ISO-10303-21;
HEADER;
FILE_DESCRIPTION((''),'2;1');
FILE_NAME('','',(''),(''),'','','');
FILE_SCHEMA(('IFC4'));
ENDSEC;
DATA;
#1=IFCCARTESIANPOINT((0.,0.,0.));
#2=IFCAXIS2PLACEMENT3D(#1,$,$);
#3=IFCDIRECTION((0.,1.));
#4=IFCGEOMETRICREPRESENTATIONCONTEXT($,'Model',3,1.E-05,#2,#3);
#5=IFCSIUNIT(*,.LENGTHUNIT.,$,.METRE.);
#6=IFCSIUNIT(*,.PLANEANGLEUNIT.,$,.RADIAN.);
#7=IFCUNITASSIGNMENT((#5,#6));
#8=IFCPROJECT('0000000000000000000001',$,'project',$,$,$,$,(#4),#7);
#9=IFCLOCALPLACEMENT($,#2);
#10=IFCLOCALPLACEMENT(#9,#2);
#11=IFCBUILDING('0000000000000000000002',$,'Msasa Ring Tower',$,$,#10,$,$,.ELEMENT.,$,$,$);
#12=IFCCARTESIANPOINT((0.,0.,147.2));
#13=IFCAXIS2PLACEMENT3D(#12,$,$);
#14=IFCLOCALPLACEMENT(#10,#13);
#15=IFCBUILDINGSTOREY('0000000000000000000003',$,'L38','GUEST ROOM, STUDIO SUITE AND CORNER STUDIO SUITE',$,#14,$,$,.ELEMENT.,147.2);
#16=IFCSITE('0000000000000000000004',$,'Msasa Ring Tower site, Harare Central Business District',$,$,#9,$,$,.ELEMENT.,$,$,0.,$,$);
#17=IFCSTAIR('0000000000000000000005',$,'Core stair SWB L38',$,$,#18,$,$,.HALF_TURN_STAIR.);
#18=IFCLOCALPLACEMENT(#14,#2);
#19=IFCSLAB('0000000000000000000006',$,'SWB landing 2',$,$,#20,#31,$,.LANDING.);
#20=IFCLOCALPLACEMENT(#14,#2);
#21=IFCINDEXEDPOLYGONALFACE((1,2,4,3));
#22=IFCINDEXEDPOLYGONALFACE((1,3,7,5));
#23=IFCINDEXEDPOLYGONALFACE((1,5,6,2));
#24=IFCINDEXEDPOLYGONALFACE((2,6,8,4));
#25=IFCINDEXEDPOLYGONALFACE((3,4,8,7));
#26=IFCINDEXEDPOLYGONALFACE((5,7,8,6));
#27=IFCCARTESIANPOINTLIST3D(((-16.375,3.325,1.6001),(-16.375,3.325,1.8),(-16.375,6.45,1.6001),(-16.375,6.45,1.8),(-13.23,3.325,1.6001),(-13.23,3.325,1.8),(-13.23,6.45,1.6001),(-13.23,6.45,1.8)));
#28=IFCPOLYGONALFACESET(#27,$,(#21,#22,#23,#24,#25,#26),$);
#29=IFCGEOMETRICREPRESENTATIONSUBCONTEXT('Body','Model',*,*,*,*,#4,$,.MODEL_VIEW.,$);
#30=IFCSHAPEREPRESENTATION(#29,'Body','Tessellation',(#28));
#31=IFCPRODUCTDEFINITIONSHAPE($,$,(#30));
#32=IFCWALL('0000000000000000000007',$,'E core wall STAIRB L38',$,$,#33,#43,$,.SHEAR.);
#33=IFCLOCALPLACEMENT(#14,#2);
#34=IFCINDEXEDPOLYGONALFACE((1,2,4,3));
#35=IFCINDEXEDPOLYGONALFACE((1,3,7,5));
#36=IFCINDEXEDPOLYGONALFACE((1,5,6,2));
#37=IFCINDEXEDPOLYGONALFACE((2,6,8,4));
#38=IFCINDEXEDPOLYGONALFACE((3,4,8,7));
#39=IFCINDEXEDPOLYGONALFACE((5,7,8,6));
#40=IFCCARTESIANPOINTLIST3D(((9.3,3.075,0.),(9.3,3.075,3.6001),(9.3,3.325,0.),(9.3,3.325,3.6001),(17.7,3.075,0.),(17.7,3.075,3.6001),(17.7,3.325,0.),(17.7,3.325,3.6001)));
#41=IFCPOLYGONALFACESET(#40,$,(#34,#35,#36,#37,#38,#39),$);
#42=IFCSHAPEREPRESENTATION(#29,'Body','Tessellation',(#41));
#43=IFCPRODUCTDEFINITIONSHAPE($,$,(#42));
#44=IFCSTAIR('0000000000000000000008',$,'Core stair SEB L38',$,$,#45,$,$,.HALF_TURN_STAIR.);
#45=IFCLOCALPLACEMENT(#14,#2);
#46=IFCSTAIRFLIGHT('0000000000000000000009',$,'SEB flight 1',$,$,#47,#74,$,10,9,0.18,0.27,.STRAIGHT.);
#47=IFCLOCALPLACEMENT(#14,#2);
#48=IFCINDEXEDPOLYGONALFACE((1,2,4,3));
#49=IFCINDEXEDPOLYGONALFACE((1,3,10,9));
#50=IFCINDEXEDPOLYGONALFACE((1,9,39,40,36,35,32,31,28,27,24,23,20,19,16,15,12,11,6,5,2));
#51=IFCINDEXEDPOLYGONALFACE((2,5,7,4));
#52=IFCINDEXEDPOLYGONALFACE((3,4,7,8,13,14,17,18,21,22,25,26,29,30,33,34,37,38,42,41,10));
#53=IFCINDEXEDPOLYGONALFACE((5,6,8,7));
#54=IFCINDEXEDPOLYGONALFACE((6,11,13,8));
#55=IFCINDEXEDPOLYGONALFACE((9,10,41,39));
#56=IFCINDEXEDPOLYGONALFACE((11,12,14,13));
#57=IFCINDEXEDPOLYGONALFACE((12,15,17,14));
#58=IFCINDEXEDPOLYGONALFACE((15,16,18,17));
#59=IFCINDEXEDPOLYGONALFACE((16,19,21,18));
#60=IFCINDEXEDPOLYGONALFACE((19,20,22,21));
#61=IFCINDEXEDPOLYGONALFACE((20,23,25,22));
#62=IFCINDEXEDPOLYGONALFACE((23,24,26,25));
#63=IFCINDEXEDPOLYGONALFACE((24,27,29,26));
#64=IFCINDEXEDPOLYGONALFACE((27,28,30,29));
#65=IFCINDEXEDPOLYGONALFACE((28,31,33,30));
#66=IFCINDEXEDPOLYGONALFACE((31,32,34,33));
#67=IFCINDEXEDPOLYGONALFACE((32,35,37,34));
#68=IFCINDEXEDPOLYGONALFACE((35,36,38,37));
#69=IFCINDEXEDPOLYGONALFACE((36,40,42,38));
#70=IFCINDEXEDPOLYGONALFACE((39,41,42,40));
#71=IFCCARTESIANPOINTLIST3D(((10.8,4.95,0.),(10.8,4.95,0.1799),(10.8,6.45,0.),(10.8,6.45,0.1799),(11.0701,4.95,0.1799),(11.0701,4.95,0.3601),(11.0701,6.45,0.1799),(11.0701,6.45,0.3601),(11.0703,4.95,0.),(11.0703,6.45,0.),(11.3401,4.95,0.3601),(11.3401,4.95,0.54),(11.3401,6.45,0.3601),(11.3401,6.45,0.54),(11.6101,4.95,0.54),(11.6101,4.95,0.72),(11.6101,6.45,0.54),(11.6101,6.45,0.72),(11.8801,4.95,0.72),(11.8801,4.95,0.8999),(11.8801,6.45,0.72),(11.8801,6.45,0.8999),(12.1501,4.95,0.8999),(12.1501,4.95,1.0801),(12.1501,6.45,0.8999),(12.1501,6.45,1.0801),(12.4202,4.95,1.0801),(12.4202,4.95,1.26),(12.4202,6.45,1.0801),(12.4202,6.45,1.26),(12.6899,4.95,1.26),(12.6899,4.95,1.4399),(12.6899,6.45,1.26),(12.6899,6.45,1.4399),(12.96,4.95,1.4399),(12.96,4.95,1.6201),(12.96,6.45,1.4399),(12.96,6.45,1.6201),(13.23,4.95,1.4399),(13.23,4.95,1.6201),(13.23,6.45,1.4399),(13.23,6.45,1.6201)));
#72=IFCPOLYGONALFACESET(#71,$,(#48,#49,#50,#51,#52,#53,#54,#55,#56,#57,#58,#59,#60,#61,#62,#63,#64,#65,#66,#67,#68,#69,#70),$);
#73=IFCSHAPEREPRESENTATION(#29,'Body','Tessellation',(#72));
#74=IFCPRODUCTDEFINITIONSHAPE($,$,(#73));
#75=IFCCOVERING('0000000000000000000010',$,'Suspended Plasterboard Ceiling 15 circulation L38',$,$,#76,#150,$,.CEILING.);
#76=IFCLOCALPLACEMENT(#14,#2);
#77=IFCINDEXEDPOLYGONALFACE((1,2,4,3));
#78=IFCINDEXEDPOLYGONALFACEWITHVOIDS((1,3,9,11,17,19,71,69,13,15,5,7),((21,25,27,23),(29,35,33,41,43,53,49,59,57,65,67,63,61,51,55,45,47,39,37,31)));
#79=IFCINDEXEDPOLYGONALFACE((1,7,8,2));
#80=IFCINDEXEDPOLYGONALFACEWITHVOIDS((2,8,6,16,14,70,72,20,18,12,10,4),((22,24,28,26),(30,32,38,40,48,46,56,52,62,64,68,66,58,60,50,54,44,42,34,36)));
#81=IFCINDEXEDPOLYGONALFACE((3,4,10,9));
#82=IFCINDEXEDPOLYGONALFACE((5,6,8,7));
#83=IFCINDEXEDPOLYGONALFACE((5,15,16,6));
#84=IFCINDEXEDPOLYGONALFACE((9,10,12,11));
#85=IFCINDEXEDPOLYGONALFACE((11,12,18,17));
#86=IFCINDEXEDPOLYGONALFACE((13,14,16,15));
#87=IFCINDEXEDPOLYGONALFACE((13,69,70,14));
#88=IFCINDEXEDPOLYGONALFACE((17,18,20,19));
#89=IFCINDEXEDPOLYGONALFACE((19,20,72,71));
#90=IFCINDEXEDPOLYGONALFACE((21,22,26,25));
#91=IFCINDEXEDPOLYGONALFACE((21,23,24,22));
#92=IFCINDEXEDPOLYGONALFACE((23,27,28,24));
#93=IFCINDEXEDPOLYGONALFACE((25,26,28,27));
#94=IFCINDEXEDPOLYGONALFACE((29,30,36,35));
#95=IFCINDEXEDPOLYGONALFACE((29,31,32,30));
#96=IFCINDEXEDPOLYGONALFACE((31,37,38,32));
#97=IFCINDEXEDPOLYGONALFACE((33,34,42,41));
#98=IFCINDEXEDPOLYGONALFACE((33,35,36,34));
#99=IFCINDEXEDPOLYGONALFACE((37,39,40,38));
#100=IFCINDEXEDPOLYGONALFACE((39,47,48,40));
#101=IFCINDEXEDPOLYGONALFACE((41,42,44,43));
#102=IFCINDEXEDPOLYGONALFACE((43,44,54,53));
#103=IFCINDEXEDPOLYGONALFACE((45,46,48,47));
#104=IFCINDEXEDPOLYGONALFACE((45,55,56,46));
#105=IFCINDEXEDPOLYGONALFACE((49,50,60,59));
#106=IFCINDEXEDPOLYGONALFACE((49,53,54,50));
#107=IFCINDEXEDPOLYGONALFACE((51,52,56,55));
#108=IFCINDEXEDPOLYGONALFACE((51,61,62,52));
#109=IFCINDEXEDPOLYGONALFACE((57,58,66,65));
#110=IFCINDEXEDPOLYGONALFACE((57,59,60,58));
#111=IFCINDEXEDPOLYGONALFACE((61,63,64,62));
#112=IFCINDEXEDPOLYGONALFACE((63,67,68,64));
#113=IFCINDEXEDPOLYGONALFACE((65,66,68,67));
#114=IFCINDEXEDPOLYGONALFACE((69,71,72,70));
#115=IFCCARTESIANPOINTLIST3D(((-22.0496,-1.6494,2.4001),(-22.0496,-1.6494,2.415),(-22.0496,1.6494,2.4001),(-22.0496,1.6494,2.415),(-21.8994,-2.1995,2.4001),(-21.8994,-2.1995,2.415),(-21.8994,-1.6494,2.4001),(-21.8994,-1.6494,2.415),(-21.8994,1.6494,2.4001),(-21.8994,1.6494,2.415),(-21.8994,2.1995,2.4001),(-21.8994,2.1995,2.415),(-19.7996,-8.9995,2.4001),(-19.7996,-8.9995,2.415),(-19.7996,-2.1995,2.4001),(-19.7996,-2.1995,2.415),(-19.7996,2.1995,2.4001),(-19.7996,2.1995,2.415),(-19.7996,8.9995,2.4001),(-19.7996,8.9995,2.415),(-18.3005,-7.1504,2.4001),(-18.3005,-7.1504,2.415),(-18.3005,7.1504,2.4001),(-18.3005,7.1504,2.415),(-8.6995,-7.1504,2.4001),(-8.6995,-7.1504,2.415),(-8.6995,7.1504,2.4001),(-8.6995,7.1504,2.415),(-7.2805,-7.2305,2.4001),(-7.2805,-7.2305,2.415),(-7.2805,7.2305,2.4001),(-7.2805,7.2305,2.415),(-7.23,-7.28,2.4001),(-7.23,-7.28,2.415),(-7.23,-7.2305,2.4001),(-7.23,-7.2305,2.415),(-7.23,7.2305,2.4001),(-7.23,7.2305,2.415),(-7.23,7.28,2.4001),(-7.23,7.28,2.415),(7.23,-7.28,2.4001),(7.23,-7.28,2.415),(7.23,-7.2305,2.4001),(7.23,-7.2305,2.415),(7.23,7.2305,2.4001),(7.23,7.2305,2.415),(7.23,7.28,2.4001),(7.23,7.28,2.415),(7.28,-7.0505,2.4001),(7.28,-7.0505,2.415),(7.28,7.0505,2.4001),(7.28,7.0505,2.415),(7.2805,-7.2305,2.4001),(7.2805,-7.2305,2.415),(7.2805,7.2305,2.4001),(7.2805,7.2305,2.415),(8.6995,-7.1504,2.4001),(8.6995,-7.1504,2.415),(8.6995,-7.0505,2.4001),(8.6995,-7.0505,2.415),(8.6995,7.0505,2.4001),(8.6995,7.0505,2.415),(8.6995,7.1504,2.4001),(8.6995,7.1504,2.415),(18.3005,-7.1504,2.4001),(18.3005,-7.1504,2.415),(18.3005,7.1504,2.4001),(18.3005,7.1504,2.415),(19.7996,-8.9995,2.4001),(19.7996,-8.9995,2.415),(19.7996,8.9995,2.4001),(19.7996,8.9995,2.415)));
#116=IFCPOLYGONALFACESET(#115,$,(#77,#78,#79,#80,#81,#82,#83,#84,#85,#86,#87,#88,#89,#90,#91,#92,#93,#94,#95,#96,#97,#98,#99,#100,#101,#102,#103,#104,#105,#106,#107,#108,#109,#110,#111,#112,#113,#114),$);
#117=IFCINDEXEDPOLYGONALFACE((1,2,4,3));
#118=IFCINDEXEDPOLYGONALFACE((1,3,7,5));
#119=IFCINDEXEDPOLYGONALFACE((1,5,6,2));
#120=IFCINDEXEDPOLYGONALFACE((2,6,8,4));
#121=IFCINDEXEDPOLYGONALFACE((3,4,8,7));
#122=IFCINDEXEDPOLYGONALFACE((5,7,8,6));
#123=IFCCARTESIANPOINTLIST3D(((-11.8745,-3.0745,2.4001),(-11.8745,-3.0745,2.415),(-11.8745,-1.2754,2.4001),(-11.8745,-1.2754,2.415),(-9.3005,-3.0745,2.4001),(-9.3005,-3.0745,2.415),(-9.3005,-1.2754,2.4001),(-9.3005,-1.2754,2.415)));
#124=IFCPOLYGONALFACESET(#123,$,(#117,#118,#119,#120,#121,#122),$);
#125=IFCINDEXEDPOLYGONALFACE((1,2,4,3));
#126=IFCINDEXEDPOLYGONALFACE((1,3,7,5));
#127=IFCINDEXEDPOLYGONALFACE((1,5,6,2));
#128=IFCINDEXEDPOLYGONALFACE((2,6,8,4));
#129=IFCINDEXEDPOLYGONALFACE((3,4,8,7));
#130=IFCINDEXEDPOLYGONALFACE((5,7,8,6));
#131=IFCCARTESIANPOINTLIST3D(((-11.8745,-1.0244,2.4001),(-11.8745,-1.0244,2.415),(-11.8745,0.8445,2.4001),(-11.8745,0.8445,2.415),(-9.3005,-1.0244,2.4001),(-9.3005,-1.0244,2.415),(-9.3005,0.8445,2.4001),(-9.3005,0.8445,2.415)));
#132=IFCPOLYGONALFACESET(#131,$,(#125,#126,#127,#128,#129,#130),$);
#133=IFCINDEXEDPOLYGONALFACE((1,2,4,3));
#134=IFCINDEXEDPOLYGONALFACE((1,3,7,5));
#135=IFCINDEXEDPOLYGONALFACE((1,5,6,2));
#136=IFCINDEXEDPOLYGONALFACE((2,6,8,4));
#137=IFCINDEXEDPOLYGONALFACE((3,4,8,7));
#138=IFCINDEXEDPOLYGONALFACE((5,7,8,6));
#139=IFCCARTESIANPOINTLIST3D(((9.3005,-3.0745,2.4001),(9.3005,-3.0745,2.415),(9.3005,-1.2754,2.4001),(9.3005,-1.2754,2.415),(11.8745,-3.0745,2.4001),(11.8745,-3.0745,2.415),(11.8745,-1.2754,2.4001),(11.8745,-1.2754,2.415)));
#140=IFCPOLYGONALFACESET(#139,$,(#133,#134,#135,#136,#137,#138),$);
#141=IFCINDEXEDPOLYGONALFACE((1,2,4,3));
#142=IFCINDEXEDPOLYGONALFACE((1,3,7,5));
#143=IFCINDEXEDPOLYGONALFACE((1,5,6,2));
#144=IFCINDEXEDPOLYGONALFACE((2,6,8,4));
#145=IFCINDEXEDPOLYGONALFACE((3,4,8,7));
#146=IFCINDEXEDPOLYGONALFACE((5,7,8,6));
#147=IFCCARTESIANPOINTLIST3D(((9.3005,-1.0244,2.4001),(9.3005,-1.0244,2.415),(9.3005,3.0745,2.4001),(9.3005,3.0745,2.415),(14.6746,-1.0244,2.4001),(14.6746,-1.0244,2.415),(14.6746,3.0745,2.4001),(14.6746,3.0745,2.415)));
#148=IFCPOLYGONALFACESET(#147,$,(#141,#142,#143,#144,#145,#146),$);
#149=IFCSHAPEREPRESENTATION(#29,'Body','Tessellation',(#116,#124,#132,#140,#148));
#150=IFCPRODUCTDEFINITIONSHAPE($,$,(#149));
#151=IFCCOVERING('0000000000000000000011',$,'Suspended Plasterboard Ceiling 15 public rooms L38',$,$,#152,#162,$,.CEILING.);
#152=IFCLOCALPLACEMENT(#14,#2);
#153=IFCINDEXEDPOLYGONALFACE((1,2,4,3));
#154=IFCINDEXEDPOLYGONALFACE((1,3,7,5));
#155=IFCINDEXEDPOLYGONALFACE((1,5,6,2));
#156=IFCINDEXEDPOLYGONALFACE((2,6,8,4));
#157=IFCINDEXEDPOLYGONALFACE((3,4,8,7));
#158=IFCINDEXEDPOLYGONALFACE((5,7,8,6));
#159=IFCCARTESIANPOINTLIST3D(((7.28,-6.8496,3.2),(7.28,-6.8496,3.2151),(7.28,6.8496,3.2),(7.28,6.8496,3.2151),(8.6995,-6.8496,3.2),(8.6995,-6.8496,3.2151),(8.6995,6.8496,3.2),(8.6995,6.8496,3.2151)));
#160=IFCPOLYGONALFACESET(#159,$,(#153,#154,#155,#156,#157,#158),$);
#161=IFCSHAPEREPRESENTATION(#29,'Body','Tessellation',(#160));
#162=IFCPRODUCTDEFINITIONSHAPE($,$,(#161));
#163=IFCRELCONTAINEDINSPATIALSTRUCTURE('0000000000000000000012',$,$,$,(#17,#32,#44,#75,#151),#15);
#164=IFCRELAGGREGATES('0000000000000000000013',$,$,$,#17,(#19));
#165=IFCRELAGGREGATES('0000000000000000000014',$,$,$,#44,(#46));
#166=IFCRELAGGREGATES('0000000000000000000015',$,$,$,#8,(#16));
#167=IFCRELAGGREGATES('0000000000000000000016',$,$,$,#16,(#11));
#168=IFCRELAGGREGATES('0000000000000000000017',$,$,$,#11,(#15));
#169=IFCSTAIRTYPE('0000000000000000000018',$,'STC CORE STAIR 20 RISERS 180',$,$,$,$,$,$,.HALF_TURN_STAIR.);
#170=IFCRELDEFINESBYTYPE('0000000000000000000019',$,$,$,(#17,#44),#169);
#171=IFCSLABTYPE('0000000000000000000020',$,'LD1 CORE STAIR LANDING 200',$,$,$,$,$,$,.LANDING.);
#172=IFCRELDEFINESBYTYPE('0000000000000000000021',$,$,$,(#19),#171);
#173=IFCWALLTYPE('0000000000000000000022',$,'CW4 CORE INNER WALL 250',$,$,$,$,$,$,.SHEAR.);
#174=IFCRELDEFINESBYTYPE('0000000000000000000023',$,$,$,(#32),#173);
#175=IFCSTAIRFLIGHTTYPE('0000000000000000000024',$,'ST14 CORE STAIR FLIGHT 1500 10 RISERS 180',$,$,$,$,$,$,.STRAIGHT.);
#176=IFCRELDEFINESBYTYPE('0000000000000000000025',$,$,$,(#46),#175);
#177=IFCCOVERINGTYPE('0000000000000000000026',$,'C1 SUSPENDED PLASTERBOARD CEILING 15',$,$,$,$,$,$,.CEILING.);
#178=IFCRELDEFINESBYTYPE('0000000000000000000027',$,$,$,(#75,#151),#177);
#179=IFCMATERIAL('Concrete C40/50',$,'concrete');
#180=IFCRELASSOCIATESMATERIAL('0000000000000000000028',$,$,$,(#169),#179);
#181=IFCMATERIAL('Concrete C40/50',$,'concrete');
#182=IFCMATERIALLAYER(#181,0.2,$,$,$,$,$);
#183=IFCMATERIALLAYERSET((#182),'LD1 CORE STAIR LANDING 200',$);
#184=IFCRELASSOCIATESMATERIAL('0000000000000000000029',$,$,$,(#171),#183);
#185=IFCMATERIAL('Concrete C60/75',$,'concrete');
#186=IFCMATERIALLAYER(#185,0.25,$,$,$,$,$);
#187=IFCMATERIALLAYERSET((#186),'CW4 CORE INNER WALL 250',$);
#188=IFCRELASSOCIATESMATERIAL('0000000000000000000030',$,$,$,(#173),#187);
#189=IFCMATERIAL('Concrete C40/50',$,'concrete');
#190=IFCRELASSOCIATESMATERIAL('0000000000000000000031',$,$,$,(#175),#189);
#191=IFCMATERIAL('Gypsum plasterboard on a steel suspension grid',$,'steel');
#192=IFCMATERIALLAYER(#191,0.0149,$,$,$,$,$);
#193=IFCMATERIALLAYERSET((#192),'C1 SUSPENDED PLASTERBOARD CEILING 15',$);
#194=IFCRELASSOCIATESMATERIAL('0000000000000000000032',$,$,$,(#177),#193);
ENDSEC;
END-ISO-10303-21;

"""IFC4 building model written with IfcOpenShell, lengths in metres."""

from ifc_helpers import new_model, si_unit, direction, frame, frame_2d, origin, place, context, subcontext, project, spatial, polyline, line, indexed_curve, rectangle, outline, extrude, material, layer, layer_set, type_object, element, aggregate, save


model = new_model("IFC4")

# Units and contexts
model_context = context("Model", 3, precision=1e-05, world=origin(), true_north=direction((0.0, 1.0)))
body_context = subcontext(model_context, "Body", "Model", "MODEL_VIEW")
ifc_project = project(units=[si_unit("LENGTHUNIT", "METRE"), si_unit("PLANEANGLEUNIT", "RADIAN")], contexts=[model_context])

# Site, building, storey
site_placement = place(None, origin())
site = spatial("IfcSite", under=ifc_project, at=site_placement, Name="Msasa Ring Tower site, Harare Central Business District", CompositionType="ELEMENT", RefElevation=0.0)
building_placement = place(site_placement, origin())
building = spatial("IfcBuilding", under=site, at=building_placement, Name="Msasa Ring Tower", CompositionType="ELEMENT")
storey_placement = place(building_placement, frame((0.0, 0.0, 147.2)))
storey = spatial("IfcBuildingStorey", under=building, at=storey_placement, Name="L38", Description="GUEST ROOM, STUDIO SUITE AND CORNER STUDIO SUITE", CompositionType="ELEMENT", Elevation=147.2)

# Shared definitions
ifc_material_1 = material(Name="Concrete C40/50", Category="concrete")
stair_type = type_object("IfcStairType", Name="STC CORE STAIR 20 RISERS 180", PredefinedType="HALF_TURN_STAIR", material=ifc_material_1)
ifc_material_2 = material(Name="Concrete C40/50", Category="concrete")
ifc_layer_1 = layer(ifc_material_2, 0.2)
ifc_layer_set_1 = layer_set([ifc_layer_1], Name="LD1 CORE STAIR LANDING 200")
slab_type = type_object("IfcSlabType", Name="LD1 CORE STAIR LANDING 200", PredefinedType="LANDING", material=ifc_layer_set_1)

# Stair, slab
stair_1_placement = place(storey_placement, origin())
stair_1 = element("IfcStair", 1, at=stair_1_placement, inside=storey, type_object=stair_type, Name="Core stair SWB L38", PredefinedType="HALF_TURN_STAIR")
slab_1_placement = place(storey_placement, frame((0.0, 0.0, 1.6001)))
slab_1 = element("IfcSlab", 2, at=slab_1_placement, type_object=slab_type, Name="SWB landing 2", PredefinedType="LANDING", context=body_context, shape_type="SweptSolid", body=[
    extrude(outline(polyline([(-16.375, 3.325), (-13.23, 3.325), (-13.23, 6.45), (-16.375, 6.45), (-16.375, 3.325)])), origin(), (0.0, 0.0, 1.0), 0.2),
])
aggregate(stair_1, [slab_1])

# Wall
ifc_material_3 = material(Name="Concrete C60/75", Category="concrete")
ifc_layer_2 = layer(ifc_material_3, 0.25)
ifc_layer_set_2 = layer_set([ifc_layer_2], Name="CW4 CORE INNER WALL 250")
wall_type = type_object("IfcWallType", Name="CW4 CORE INNER WALL 250", PredefinedType="SHEAR", material=ifc_layer_set_2)
wall_placement = place(storey_placement, frame((9.3, 3.2, 0.0), z_axis=(0.0, 0.0, 1.0), x_axis=(1.0, 0.0, 0.0)))
element("IfcWall", 3, at=wall_placement, inside=storey, type_object=wall_type, Name="E core wall STAIRB L38", PredefinedType="SHEAR", context=body_context, shape_type="SweptSolid", body=[
    extrude(rectangle(XDim=8.3999, YDim=0.25, at=frame_2d((4.2, 0.0))), origin(), (0.0, 0.0, 1.0), 3.6001),
])

# Stair, stair flight
stair_2_placement = place(storey_placement, origin())
stair_2 = element("IfcStair", 4, at=stair_2_placement, inside=storey, type_object=stair_type, Name="Core stair SEB L38", PredefinedType="HALF_TURN_STAIR")
ifc_material_4 = material(Name="Concrete C40/50", Category="concrete")
stair_flight_type = type_object("IfcStairFlightType", Name="ST14 CORE STAIR FLIGHT 1500 10 RISERS 180", PredefinedType="STRAIGHT", material=ifc_material_4)
stair_flight_placement = place(storey_placement, frame((10.8, 5.7, 0.0), z_axis=(0.0, 0.0, 1.0), x_axis=(1.0, 0.0, 0.0)))
stair_flight = element("IfcStairFlight", 5, at=stair_flight_placement, type_object=stair_flight_type, Name="SEB flight 1", NumberOfRisers=10, NumberOfTreads=9, PredefinedType="STRAIGHT", RiserHeight=0.18, TreadLength=0.27, context=body_context, shape_type="SweptSolid", body=[
    extrude(outline(polyline([(0.0, 0.0), (0.0, 0.1799), (0.27, 0.1799), (0.27, 0.3601), (0.54, 0.3601), (0.54, 0.54), (0.8101, 0.54), (0.8101, 0.72), (1.0801, 0.72), (1.0801, 0.8999), (1.3501, 0.8999), (1.3501, 1.0801), (1.6201, 1.0801), (1.6201, 1.26), (1.8899, 1.26), (1.8899, 1.4399), (2.1599, 1.4399), (2.1599, 1.6201), (2.4299, 1.6201), (2.4299, 1.8), (2.4299, 1.4399), (0.2703, 0.0), (0.0, 0.0)])), frame((0.0, 0.75, 0.0), z_axis=(0.0, -1.0, 0.0), x_axis=(1.0, 0.0, 0.0)), (0.0, 0.0, 1.0), 1.5),
])
aggregate(stair_2, [stair_flight])

# Coverings
ifc_material_5 = material(Name="Gypsum plasterboard on a steel suspension grid", Category="steel")
ifc_layer_3 = layer(ifc_material_5, 0.0149)
ifc_layer_set_3 = layer_set([ifc_layer_3], Name="C1 SUSPENDED PLASTERBOARD CEILING 15")
covering_type_1 = type_object("IfcCoveringType", Name="C1 SUSPENDED PLASTERBOARD CEILING 15", PredefinedType="CEILING", material=ifc_layer_set_3)
covering_1_placement = place(storey_placement, frame((0.0, 0.0, 2.4001)))
element("IfcCovering", 6, at=covering_1_placement, inside=storey, type_object=covering_type_1, Name="Suspended Plasterboard Ceiling 15 circulation L38", PredefinedType="CEILING", context=body_context, shape_type="SweptSolid", body=[
    extrude(outline(indexed_curve([(19.7996, 8.9995), (19.7996, -8.9995), (-19.7996, -8.9995), (-19.7996, -2.1995), (-21.8994, -2.1995), (-21.8994, -1.6494), (-22.0496, -1.6494), (-22.0496, 1.6494), (-21.8994, 1.6494), (-21.8994, 2.1995), (-19.7996, 2.1995), (-19.7996, 8.9995)], segments=[line(1, 2, 3, 4, 5, 6, 7, 8, 9, 10, 11, 12, 1)], self_intersect=False), holes=[indexed_curve([(8.6995, -7.1504), (18.3005, -7.1504), (18.3005, 7.1504), (8.6995, 7.1504), (8.6995, 7.0505), (7.28, 7.0505), (7.2805, 7.2305), (7.23, 7.2305), (7.23, 7.28), (-7.23, 7.28), (-7.23, 7.2305), (-7.2805, 7.2305), (-7.2805, -7.2305), (-7.23, -7.2305), (-7.23, -7.28), (7.23, -7.28), (7.23, -7.2305), (7.2805, -7.2305), (7.28, -7.0505), (8.6995, -7.0505)], segments=[line(1, 2, 3, 4, 5, 6, 7, 8, 9, 10, 11, 12, 13, 14, 15, 16, 17, 18, 19, 20, 1)], self_intersect=False), indexed_curve([(-8.6995, 7.1504), (-18.3005, 7.1504), (-18.3005, -7.1504), (-8.6995, -7.1504)], segments=[line(1, 2, 3, 4, 1)], self_intersect=False)]), origin(), (0.0, 0.0, 1.0), 0.0149),
    extrude(outline(indexed_curve([(-9.3005, -3.0745), (-11.8745, -3.0745), (-11.8745, -1.2754), (-9.3005, -1.2754)], segments=[line(1, 2, 3, 4, 1)], self_intersect=False)), origin(), (0.0, 0.0, 1.0), 0.0149),
    extrude(outline(indexed_curve([(-9.3005, -1.0244), (-11.8745, -1.0244), (-11.8745, 0.8445), (-9.3005, 0.8445)], segments=[line(1, 2, 3, 4, 1)], self_intersect=False)), origin(), (0.0, 0.0, 1.0), 0.0149),
    extrude(outline(indexed_curve([(11.8745, -3.0745), (9.3005, -3.0745), (9.3005, -1.2754), (11.8745, -1.2754)], segments=[line(1, 2, 3, 4, 1)], self_intersect=False)), origin(), (0.0, 0.0, 1.0), 0.0149),
    extrude(outline(indexed_curve([(9.3005, -1.0244), (9.3005, 3.0745), (14.6746, 3.0745), (14.6746, -1.0244)], segments=[line(1, 2, 3, 4, 1)], self_intersect=False)), origin(), (0.0, 0.0, 1.0), 0.0149),
])
covering_2_placement = place(storey_placement, frame((0.0, 0.0, 3.2)))
element("IfcCovering", 7, at=covering_2_placement, inside=storey, type_object=covering_type_1, Name="Suspended Plasterboard Ceiling 15 public rooms L38", PredefinedType="CEILING", context=body_context, shape_type="SweptSolid", body=[
    extrude(outline(indexed_curve([(8.6995, 6.8496), (8.6995, -6.8496), (7.28, -6.8496), (7.28, 6.8496)], segments=[line(1, 2, 3, 4, 1)], self_intersect=False)), origin(), (0.0, 0.0, 1.0), 0.0151),
])

save(model, "model.ifc")
